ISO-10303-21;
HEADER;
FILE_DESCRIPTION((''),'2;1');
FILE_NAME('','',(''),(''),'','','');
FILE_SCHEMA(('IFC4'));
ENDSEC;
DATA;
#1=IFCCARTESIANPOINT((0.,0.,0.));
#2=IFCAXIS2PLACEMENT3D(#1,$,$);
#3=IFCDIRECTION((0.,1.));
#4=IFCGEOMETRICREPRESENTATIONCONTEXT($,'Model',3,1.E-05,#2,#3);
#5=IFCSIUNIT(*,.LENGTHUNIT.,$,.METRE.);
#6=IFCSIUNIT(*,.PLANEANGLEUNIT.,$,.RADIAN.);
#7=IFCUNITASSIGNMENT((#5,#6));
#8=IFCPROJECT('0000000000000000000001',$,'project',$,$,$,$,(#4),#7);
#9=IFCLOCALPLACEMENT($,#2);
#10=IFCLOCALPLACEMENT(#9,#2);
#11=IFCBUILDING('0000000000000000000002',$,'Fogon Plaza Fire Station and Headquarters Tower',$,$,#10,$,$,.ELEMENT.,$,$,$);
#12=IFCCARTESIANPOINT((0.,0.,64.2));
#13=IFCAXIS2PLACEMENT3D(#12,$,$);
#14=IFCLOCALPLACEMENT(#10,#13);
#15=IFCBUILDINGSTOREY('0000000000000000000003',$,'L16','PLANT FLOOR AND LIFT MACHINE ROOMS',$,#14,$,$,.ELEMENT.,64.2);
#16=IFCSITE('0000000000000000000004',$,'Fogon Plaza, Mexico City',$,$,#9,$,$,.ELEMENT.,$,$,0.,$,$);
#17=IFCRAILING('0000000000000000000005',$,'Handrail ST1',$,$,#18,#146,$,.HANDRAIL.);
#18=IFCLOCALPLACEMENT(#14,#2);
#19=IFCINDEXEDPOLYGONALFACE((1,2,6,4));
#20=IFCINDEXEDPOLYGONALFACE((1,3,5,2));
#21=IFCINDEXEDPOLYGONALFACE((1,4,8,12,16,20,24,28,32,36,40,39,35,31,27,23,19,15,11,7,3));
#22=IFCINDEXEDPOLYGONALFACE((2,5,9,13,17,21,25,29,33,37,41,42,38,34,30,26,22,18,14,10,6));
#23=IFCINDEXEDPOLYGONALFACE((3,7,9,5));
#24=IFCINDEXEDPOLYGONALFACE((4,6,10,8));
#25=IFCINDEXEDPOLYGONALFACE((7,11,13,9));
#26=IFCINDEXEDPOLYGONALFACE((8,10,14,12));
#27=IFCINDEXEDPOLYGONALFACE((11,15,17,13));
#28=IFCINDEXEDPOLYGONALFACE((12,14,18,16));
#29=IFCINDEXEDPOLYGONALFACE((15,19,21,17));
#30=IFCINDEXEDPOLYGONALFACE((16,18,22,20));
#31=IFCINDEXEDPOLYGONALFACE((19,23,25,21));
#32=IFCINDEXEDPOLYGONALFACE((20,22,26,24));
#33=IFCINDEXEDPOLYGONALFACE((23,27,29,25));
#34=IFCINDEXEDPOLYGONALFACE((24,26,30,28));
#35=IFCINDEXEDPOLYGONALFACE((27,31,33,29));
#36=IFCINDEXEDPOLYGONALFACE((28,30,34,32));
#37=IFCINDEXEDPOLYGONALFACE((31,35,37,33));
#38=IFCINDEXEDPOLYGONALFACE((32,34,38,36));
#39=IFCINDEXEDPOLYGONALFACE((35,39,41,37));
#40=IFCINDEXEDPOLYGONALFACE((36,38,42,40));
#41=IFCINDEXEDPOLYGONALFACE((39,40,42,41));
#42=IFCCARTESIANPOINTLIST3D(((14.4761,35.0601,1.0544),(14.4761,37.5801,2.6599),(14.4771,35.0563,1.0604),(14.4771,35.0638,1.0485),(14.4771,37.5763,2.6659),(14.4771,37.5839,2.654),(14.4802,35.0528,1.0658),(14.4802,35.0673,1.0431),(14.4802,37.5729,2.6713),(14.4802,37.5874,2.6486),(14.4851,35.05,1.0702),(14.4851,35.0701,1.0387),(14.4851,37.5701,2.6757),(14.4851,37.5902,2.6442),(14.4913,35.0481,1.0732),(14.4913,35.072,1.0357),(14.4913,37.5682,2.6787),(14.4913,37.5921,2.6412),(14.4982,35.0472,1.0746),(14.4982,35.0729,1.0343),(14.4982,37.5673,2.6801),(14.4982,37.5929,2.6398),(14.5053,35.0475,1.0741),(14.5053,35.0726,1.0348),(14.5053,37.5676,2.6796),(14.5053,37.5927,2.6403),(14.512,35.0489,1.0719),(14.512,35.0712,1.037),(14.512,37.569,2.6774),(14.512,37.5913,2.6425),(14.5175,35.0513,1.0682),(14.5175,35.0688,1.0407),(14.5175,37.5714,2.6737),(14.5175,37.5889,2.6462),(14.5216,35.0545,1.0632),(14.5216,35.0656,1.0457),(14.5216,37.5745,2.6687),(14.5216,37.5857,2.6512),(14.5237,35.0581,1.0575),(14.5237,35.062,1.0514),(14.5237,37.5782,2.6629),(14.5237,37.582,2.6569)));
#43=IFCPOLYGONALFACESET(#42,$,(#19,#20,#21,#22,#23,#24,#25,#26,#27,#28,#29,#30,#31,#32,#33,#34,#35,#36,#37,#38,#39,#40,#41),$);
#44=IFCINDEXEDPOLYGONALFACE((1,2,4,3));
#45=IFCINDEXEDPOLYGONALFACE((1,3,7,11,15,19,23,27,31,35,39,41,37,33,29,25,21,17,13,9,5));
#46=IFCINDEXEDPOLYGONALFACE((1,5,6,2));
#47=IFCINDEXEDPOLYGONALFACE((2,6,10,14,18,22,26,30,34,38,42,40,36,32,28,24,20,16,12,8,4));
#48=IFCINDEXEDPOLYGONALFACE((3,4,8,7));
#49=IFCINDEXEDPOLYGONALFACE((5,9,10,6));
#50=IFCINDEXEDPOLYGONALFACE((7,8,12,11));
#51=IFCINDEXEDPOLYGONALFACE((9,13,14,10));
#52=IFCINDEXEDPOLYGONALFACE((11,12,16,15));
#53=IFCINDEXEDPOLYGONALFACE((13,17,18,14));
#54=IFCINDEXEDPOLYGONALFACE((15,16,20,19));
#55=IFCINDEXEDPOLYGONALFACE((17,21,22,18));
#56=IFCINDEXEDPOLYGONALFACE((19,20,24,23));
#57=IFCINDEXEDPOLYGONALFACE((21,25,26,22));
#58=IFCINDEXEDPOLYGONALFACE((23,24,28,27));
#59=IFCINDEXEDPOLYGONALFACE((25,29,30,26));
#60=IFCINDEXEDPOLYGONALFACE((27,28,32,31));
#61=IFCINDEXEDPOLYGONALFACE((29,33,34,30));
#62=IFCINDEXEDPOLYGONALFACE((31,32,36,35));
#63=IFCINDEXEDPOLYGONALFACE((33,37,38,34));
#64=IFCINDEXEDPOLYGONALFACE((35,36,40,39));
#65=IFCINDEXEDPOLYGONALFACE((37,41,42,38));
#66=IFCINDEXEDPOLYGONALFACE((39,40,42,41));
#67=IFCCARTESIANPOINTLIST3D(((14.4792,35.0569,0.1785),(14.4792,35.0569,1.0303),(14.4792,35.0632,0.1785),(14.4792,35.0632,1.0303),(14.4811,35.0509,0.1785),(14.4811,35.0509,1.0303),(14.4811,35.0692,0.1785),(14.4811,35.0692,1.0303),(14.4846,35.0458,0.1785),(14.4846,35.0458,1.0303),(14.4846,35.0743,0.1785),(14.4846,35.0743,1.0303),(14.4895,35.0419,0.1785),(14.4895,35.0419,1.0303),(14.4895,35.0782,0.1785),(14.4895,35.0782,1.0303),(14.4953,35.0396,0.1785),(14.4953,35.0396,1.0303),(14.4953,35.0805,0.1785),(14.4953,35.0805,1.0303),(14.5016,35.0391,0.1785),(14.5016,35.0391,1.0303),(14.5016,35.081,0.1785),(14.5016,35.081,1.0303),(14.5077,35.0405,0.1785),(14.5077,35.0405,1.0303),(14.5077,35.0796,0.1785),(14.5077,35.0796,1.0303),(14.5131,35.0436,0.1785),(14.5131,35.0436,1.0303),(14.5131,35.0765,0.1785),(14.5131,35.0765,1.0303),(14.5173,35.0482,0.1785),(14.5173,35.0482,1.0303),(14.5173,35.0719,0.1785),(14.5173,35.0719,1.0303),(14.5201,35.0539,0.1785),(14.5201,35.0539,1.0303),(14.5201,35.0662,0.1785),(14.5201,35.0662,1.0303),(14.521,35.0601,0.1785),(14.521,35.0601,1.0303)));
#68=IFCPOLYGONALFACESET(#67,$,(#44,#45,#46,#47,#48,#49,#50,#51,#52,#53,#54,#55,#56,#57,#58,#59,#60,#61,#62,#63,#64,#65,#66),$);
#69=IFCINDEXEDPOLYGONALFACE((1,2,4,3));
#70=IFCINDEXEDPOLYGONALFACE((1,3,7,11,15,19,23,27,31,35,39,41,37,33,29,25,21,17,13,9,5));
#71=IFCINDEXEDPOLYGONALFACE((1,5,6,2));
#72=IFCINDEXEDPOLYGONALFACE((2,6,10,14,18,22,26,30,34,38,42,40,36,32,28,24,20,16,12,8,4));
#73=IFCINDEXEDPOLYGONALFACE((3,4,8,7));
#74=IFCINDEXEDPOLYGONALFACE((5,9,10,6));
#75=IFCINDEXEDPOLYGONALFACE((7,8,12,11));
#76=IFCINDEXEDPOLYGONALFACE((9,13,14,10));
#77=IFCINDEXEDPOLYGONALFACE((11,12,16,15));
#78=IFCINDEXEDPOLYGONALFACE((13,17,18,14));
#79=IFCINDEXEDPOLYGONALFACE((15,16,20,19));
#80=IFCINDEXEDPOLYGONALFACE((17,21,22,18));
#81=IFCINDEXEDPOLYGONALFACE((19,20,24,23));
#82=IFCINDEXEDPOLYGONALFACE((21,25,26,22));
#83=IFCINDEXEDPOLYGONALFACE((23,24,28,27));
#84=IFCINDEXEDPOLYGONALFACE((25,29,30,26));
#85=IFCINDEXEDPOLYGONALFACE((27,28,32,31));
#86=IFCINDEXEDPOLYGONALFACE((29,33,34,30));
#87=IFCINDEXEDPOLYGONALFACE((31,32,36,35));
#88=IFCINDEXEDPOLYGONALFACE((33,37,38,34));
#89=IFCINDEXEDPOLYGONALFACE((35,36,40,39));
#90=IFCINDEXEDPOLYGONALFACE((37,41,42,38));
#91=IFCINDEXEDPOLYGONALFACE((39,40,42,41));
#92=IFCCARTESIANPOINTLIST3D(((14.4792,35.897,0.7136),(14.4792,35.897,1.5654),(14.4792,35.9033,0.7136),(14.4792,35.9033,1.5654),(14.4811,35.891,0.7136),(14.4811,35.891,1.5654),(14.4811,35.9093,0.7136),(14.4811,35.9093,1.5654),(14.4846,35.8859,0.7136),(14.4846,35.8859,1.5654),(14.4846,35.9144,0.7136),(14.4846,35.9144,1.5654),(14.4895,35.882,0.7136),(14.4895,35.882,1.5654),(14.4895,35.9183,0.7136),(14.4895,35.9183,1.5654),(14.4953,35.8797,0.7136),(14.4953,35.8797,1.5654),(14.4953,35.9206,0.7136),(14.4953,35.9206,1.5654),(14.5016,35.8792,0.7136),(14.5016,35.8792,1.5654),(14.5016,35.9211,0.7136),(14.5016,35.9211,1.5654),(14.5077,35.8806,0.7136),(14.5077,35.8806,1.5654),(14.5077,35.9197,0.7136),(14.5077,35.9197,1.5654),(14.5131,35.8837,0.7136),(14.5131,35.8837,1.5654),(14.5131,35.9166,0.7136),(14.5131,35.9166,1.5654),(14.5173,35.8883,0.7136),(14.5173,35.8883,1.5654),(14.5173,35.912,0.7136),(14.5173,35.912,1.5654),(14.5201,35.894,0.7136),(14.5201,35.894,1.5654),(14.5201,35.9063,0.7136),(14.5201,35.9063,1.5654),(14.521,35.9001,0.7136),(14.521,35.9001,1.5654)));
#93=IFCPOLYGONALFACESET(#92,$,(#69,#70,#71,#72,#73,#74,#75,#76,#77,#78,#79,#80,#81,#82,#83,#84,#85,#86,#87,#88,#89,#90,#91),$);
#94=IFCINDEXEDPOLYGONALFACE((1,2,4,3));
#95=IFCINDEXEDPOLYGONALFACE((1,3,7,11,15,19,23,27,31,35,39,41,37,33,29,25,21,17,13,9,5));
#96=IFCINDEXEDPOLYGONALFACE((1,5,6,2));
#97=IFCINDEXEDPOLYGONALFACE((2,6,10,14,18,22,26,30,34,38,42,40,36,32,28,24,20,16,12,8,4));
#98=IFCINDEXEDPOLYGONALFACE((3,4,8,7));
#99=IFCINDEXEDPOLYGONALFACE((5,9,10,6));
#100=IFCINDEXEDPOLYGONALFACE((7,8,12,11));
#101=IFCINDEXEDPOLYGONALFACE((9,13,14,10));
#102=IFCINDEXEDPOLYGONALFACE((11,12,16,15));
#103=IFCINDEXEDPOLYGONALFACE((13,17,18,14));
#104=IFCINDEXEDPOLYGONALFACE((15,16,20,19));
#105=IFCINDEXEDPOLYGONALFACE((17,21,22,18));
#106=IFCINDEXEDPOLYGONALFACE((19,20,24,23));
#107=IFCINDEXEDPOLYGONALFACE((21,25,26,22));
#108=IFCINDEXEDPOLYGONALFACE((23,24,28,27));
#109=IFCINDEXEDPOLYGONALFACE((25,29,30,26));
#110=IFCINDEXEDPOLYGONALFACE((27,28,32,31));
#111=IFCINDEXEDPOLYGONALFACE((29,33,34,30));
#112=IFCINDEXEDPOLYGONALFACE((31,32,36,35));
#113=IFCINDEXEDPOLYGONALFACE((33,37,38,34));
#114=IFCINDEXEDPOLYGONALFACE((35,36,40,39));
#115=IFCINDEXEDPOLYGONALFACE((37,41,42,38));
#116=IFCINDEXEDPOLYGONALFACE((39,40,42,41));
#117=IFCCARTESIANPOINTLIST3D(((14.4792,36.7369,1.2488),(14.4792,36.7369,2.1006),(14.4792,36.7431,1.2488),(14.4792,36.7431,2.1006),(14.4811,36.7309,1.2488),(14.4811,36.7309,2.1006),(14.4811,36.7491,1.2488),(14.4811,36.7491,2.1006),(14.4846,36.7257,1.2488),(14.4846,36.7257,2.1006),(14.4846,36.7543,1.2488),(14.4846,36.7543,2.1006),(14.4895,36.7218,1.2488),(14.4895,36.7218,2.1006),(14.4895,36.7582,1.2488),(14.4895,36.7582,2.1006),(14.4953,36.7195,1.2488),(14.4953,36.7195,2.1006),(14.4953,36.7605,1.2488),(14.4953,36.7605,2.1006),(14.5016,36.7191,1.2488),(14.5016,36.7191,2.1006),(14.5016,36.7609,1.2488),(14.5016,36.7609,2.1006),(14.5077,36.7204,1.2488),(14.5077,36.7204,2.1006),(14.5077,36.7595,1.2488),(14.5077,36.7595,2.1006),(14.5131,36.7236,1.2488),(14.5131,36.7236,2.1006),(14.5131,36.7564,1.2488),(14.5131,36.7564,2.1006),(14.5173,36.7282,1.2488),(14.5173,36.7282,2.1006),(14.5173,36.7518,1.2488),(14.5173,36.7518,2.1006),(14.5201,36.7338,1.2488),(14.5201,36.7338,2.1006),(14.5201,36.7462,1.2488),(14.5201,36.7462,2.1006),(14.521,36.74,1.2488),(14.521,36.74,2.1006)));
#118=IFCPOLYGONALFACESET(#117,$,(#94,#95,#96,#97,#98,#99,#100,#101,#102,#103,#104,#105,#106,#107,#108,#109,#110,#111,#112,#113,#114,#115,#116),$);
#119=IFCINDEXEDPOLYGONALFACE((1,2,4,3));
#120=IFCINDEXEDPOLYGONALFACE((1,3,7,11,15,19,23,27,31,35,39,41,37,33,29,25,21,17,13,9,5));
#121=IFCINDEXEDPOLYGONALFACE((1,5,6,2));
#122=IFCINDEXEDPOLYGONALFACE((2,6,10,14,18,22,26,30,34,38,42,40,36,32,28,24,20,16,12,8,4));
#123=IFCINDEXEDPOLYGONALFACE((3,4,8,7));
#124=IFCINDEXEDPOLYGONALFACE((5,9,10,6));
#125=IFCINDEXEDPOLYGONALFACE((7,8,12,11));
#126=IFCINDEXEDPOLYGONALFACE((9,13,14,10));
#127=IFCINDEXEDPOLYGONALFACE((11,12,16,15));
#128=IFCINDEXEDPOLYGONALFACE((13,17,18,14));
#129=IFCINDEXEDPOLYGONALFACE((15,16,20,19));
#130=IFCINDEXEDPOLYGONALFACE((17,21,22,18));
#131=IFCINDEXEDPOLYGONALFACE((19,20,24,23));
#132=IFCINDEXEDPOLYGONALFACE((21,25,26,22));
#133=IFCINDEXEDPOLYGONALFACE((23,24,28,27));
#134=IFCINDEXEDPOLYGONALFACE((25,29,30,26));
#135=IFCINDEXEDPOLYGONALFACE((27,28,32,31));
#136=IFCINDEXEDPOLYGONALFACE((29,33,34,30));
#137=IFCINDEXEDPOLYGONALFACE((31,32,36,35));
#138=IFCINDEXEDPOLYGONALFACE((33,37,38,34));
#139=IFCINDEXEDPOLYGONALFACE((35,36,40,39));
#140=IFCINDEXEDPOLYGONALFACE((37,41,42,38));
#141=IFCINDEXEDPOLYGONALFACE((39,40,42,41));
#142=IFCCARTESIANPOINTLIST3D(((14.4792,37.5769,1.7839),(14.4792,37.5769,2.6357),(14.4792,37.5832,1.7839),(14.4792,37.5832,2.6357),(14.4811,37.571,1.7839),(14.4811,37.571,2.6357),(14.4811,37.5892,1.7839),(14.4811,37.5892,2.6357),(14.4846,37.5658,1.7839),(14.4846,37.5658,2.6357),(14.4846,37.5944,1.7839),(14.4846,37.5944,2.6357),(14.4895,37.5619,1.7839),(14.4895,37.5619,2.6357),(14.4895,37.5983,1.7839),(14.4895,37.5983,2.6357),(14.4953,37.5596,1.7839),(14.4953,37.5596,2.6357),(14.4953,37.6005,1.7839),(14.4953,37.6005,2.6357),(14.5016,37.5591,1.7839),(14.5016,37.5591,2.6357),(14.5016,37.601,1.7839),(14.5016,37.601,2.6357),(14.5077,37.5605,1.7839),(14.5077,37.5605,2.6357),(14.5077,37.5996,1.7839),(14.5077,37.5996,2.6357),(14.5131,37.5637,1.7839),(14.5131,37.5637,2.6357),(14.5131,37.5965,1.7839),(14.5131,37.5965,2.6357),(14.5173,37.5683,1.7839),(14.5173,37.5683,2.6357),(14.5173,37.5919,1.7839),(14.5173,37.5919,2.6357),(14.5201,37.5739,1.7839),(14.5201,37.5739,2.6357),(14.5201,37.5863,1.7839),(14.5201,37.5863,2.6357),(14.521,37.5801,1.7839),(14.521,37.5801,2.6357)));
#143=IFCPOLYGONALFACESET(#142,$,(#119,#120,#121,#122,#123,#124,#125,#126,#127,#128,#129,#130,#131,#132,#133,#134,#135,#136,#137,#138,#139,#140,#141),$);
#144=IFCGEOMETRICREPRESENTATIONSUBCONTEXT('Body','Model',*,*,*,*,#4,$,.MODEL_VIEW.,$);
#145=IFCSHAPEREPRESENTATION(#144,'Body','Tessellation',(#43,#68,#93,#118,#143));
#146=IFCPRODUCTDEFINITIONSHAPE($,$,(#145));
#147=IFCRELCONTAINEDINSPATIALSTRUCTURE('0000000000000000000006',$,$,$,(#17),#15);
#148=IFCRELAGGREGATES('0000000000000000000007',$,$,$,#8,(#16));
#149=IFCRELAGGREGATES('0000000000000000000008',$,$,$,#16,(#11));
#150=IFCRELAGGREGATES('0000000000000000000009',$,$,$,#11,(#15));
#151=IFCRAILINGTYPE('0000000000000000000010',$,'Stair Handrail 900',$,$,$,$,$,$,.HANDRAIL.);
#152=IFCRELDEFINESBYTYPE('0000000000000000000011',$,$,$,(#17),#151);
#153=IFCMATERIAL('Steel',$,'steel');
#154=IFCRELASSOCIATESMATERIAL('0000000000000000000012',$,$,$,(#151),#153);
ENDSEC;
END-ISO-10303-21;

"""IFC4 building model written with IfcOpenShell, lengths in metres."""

from ifc_helpers import new_model, si_unit, direction, frame, origin, origin_2d, place, context, subcontext, project, spatial, circle, extrude, material, type_object, element, save


model = new_model("IFC4")

# Units and contexts
model_context = context("Model", 3, precision=1e-05, world=origin(), true_north=direction((0.0, 1.0)))
body_context = subcontext(model_context, "Body", "Model", "MODEL_VIEW")
ifc_project = project(units=[si_unit("LENGTHUNIT", "METRE"), si_unit("PLANEANGLEUNIT", "RADIAN")], contexts=[model_context])

# Site, building, storey
site_placement = place(None, origin())
site = spatial("IfcSite", under=ifc_project, at=site_placement, Name="Fogon Plaza, Mexico City", CompositionType="ELEMENT", RefElevation=0.0)
building_placement = place(site_placement, origin())
building = spatial("IfcBuilding", under=site, at=building_placement, Name="Fogon Plaza Fire Station and Headquarters Tower", CompositionType="ELEMENT")
storey_placement = place(building_placement, frame((0.0, 0.0, 64.2)))
storey = spatial("IfcBuildingStorey", under=building, at=storey_placement, Name="L16", Description="PLANT FLOOR AND LIFT MACHINE ROOMS", CompositionType="ELEMENT", Elevation=64.2)

# Railing
ifc_material_1 = material(Name="Steel", Category="steel")
railing_type = type_object("IfcRailingType", Name="Stair Handrail 900", PredefinedType="HANDRAIL", material=ifc_material_1)
for number, where, name in (
    (1, (14.5, 35.0601, 0.1785), "Handrail ST1"),
):
    element("IfcRailing", number, at=place(storey_placement, frame(where)), inside=storey, type_object=railing_type, Name=name, PredefinedType="HANDRAIL", context=body_context, shape_type="SweptSolid", body=[
        extrude(circle(Radius=0.0239, at=origin_2d()), frame((0.0, 0.0, 0.876), z_axis=(0.0, 0.843385, 0.537309), x_axis=(-1.0, 0.0, 0.0)), (0.0, 0.0, 1.0), 2.988),
        extrude(circle(Radius=0.021, at=origin_2d()), origin(), (0.0, 0.0, 1.0), 0.8518),
        extrude(circle(Radius=0.021, at=origin_2d()), frame((0.0, 0.8401, 0.5352)), (0.0, 0.0, 1.0), 0.8518),
        extrude(circle(Radius=0.021, at=origin_2d()), frame((0.0, 1.6799, 1.0703)), (0.0, 0.0, 1.0), 0.8518),
        extrude(circle(Radius=0.021, at=origin_2d()), frame((0.0, 2.52, 1.6055)), (0.0, 0.0, 1.0), 0.8518),
    ])

save(model, "model.ifc")
